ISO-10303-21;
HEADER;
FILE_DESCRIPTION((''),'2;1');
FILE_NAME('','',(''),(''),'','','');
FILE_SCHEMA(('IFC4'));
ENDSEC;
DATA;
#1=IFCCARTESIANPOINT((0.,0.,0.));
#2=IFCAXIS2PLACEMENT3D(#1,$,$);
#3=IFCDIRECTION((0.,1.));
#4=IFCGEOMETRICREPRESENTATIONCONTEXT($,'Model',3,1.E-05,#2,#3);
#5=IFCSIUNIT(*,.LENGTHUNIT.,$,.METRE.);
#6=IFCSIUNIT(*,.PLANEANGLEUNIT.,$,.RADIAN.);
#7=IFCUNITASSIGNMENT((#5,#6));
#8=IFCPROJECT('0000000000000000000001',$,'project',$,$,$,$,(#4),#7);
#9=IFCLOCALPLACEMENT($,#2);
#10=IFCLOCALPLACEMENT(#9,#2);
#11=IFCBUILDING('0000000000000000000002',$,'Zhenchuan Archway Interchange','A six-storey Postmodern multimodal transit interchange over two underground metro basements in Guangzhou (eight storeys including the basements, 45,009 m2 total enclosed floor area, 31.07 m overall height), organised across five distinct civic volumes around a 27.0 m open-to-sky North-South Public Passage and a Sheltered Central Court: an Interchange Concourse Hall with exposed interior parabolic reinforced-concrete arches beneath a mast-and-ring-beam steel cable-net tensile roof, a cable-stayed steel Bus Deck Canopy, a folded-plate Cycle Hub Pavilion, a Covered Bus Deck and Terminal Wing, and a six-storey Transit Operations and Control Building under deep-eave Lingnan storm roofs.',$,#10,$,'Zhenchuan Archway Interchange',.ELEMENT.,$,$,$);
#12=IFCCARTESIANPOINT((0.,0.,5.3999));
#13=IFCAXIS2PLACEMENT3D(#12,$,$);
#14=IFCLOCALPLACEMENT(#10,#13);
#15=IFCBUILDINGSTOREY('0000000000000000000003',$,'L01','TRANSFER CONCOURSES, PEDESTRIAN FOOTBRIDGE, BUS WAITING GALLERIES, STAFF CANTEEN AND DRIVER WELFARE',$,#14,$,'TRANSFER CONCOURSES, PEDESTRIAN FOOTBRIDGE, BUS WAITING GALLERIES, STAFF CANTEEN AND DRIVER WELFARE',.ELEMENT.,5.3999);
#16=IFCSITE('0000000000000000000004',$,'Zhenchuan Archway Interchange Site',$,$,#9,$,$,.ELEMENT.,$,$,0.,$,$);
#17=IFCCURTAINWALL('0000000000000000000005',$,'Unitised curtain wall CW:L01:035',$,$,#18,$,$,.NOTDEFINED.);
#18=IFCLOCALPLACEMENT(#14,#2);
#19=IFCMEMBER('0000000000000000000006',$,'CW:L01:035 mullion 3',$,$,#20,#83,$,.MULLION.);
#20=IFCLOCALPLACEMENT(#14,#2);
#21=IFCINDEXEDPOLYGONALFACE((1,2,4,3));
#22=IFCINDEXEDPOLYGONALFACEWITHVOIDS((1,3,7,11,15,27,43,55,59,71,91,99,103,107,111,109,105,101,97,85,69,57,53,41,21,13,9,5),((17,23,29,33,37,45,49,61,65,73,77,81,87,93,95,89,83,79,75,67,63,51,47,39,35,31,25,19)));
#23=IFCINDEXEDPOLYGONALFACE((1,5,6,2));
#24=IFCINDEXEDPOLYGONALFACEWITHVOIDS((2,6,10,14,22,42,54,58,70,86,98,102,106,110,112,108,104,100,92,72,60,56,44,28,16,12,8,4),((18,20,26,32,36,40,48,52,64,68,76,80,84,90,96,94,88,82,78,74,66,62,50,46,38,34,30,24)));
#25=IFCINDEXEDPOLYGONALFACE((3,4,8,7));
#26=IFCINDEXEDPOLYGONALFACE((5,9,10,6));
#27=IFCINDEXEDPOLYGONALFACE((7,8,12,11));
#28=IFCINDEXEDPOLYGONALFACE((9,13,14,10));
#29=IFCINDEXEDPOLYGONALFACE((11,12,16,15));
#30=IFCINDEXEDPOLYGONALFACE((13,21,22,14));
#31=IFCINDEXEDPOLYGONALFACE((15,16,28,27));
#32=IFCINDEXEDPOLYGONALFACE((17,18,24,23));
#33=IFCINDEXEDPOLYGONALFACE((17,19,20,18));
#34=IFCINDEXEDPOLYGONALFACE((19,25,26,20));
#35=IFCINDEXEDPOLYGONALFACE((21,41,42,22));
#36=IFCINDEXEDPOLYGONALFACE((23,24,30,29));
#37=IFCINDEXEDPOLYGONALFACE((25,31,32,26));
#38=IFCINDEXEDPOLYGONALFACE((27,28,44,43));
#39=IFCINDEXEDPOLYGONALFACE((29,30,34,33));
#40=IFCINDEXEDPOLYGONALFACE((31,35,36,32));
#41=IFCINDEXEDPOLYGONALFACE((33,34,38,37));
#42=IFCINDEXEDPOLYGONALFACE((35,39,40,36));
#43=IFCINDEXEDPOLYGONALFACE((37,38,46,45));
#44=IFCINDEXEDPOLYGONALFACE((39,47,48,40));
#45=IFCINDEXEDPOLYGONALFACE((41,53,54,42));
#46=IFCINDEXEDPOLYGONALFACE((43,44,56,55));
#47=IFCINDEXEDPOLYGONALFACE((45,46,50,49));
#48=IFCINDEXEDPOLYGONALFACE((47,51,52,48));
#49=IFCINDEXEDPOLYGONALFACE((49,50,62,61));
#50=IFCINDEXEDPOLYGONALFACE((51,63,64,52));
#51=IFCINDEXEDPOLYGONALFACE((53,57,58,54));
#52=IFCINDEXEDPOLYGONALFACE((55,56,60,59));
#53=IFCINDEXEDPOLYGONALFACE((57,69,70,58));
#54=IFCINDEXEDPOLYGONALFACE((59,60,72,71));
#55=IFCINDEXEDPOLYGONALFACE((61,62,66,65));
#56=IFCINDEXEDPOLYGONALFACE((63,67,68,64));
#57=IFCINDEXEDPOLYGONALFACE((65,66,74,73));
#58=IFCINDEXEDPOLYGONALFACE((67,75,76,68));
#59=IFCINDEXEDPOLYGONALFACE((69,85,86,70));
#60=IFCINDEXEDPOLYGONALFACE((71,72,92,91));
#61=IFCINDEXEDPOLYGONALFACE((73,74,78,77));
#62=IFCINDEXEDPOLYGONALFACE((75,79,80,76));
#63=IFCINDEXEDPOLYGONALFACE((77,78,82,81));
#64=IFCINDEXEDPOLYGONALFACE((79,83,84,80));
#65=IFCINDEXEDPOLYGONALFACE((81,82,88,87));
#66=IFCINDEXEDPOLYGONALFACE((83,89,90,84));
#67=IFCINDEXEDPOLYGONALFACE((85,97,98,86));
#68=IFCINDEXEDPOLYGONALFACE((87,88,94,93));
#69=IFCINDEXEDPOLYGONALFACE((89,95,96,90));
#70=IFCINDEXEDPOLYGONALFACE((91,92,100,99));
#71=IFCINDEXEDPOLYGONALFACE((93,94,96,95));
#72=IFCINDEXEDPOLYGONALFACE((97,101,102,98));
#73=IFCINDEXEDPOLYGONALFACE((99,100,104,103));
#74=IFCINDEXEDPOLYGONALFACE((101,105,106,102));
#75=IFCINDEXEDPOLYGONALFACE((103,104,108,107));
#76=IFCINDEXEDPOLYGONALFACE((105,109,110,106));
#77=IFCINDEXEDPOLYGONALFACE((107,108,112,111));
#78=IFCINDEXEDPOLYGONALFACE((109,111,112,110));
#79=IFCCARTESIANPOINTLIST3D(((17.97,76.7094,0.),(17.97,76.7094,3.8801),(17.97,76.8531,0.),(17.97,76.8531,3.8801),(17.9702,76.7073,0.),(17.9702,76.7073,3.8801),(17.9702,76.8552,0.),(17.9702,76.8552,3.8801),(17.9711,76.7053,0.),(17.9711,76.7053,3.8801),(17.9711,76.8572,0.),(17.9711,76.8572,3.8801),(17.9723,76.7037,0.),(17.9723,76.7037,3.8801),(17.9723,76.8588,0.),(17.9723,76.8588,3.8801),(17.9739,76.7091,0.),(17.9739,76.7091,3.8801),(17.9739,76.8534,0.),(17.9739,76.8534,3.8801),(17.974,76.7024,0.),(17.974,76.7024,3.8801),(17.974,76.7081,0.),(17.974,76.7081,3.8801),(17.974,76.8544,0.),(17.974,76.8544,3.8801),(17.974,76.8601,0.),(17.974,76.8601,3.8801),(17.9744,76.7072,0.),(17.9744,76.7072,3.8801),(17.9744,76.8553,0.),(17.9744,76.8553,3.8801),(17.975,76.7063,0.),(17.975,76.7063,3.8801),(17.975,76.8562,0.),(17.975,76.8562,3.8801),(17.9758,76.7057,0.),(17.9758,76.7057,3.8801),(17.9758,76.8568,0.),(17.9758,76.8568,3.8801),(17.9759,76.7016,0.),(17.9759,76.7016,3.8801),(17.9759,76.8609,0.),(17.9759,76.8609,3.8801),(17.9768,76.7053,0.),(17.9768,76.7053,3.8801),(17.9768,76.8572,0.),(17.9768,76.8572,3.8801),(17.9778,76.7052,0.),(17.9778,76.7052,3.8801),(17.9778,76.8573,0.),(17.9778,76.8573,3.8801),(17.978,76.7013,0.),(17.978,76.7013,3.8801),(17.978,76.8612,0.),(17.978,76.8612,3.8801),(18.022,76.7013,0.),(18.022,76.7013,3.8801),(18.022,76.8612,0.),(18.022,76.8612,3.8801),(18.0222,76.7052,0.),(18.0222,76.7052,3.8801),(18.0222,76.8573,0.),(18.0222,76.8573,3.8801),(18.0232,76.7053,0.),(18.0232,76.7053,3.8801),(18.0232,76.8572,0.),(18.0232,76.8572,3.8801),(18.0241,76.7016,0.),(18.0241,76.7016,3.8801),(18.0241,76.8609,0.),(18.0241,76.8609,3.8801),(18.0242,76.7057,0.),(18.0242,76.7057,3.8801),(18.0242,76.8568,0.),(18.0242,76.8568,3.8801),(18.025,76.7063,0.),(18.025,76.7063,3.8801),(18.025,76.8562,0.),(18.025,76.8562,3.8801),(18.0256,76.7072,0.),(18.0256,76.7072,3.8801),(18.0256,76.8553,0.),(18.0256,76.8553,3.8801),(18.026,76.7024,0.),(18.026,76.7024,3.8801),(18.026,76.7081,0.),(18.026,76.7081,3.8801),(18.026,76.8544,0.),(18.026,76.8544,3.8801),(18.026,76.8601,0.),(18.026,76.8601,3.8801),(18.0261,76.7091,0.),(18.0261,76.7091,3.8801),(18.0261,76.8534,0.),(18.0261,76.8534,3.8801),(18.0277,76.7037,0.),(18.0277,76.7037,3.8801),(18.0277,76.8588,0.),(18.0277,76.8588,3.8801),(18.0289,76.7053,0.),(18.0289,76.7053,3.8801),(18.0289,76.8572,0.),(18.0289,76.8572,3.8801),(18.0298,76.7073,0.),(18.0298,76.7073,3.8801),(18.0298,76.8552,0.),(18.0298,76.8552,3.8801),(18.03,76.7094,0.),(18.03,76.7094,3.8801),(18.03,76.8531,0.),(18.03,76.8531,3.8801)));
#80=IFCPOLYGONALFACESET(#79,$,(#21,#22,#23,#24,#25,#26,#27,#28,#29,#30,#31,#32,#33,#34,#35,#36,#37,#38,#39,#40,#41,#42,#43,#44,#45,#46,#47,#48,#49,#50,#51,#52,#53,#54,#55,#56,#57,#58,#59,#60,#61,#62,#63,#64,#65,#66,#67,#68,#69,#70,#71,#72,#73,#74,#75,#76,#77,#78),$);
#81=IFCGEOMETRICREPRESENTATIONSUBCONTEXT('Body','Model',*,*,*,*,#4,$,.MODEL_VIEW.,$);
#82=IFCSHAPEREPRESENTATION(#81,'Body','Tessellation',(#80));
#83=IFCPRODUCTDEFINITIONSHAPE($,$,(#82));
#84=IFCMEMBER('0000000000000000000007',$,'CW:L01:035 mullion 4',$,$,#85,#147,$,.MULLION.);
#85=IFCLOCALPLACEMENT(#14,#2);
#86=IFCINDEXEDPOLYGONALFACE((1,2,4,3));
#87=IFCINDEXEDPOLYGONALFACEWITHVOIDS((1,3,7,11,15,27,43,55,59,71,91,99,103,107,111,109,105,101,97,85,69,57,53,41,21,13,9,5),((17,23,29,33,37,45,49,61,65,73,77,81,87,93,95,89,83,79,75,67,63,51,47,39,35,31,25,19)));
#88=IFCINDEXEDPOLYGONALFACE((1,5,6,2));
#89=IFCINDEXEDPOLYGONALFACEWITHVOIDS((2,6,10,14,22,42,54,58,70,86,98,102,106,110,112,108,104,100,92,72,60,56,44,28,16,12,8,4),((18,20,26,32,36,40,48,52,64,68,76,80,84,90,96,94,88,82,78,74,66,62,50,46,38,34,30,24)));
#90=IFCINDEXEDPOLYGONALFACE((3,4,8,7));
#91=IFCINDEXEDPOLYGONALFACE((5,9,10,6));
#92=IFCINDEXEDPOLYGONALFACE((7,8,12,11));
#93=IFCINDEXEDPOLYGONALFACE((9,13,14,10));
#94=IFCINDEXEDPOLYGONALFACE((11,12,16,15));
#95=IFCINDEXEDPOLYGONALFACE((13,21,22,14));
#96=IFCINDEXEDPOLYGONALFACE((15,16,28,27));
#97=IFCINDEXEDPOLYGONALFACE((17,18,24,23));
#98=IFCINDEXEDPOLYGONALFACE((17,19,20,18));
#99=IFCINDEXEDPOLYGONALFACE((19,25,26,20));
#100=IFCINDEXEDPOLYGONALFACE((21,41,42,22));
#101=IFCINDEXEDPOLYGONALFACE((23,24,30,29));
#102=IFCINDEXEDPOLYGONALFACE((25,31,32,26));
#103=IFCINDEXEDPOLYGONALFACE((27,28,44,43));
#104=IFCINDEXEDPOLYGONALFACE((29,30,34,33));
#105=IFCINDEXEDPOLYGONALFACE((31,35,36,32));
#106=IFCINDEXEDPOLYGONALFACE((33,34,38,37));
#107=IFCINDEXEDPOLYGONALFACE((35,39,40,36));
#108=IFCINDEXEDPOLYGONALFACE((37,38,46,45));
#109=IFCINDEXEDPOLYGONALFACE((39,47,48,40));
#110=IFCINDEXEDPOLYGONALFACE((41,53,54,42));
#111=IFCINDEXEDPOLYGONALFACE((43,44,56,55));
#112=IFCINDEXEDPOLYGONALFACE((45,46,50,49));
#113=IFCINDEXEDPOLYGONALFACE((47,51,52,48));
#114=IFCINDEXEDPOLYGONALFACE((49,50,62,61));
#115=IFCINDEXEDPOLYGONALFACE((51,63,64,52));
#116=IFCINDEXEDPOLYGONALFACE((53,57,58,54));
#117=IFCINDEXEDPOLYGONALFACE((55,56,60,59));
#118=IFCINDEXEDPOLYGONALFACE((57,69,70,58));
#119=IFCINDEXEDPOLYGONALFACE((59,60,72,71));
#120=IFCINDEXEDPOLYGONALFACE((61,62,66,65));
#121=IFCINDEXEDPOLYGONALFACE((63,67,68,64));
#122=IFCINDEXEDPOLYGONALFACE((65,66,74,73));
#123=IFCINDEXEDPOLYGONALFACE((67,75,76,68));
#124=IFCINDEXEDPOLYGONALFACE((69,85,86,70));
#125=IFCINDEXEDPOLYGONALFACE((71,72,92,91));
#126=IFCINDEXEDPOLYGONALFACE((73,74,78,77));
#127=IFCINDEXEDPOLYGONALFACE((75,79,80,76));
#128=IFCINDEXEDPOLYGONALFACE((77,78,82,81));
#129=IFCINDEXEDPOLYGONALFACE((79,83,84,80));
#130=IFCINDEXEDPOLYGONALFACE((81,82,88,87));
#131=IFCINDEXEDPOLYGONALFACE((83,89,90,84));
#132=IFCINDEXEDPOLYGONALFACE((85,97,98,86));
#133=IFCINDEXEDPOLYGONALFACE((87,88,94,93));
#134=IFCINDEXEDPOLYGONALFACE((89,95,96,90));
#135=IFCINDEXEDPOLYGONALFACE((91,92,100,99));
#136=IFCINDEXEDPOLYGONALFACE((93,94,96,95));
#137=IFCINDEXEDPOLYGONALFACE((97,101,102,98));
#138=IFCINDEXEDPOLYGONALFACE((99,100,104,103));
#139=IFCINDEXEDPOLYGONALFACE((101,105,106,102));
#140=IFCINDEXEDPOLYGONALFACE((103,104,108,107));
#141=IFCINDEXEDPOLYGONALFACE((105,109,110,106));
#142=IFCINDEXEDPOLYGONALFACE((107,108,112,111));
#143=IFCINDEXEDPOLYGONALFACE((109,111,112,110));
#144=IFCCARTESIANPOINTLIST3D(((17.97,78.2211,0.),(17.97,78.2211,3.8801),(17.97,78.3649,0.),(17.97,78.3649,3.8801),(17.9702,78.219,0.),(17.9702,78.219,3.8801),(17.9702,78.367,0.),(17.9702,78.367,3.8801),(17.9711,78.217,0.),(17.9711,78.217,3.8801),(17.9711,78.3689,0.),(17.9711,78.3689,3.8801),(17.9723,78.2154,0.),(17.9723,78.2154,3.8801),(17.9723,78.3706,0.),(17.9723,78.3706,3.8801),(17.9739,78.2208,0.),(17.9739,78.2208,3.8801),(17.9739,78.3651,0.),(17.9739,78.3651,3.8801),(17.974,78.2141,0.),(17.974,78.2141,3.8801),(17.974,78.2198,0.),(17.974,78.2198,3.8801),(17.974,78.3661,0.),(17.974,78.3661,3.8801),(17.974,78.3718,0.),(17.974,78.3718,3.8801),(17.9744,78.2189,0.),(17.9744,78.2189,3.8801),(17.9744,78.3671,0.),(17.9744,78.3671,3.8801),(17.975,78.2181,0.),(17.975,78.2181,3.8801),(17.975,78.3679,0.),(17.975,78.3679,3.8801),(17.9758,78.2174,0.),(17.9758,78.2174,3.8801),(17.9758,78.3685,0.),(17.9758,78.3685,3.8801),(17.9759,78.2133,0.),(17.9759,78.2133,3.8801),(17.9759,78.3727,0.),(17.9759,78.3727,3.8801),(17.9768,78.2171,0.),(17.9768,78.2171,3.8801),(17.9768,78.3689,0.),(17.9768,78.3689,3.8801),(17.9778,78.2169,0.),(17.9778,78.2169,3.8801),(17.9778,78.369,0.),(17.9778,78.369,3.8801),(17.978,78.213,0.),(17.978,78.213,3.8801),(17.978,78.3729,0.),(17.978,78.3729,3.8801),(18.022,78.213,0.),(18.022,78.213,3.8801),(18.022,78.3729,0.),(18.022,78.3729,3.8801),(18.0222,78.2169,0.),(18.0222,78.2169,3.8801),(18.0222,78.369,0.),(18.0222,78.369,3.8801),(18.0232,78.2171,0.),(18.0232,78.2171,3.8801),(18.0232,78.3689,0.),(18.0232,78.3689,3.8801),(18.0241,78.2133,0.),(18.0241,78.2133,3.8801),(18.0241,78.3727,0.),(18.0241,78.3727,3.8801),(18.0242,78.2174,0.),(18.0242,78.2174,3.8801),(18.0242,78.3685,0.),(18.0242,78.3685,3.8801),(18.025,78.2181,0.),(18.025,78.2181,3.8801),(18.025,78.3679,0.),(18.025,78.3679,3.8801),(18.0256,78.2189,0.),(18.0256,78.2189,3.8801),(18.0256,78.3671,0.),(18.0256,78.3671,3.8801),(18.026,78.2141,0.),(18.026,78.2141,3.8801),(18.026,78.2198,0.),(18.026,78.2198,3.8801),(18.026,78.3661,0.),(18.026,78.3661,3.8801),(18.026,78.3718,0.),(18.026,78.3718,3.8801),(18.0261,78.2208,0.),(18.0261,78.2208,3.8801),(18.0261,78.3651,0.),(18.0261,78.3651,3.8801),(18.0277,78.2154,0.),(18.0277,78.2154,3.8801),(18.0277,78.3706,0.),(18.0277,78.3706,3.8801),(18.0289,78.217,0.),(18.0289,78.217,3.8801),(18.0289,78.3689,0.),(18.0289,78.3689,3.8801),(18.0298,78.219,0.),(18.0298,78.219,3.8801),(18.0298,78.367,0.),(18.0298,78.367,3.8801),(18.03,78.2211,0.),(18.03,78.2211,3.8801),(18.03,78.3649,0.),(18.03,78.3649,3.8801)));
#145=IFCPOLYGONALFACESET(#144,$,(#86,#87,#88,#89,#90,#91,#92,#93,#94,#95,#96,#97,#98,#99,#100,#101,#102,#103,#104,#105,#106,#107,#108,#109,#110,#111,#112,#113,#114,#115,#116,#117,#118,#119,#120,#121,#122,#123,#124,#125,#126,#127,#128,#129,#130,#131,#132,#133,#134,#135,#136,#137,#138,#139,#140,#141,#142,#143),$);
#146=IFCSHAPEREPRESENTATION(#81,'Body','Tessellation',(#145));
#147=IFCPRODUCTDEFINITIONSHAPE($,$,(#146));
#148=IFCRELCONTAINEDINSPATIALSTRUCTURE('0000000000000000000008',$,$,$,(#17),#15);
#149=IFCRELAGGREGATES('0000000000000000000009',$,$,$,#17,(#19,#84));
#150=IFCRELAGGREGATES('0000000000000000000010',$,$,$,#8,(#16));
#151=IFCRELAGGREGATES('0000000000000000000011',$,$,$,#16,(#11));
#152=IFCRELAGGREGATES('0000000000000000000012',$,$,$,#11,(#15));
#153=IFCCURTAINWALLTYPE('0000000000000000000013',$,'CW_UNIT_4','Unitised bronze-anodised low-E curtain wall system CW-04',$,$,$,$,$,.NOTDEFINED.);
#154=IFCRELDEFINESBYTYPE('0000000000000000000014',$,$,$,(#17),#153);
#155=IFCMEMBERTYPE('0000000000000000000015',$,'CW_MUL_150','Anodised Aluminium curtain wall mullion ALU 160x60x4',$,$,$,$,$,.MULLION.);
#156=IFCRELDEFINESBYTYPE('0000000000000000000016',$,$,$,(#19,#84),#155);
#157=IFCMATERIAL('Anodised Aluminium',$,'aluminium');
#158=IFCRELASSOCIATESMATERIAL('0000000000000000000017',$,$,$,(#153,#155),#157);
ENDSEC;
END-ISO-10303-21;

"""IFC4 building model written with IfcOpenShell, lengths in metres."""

from ifc_helpers import new_model, si_unit, direction, frame, origin, origin_2d, place, context, subcontext, project, spatial, hollow_rectangle, extrude, material, material_profile, profile_set, type_object, element, aggregate, save


model = new_model("IFC4")

# Units and contexts
model_context = context("Model", 3, precision=1e-05, world=origin(), true_north=direction((0.0, 1.0)))
body_context = subcontext(model_context, "Body", "Model", "MODEL_VIEW")
ifc_project = project(units=[si_unit("LENGTHUNIT", "METRE"), si_unit("PLANEANGLEUNIT", "RADIAN")], contexts=[model_context])

# Site, building, storey
site_placement = place(None, origin())
site = spatial("IfcSite", under=ifc_project, at=site_placement, Name="Zhenchuan Archway Interchange Site", CompositionType="ELEMENT", RefElevation=0.0)
building_placement = place(site_placement, origin())
building = spatial("IfcBuilding", under=site, at=building_placement, Name="Zhenchuan Archway Interchange", Description="A six-storey Postmodern multimodal transit interchange over two underground metro basements in Guangzhou (eight storeys including the basements, 45,009 m2 total enclosed floor area, 31.07 m overall height), organised across five distinct civic volumes around a 27.0 m open-to-sky North-South Public Passage and a Sheltered Central Court: an Interchange Concourse Hall with exposed interior parabolic reinforced-concrete arches beneath a mast-and-ring-beam steel cable-net tensile roof, a cable-stayed steel Bus Deck Canopy, a folded-plate Cycle Hub Pavilion, a Covered Bus Deck and Terminal Wing, and a six-storey Transit Operations and Control Building under deep-eave Lingnan storm roofs.", LongName="Zhenchuan Archway Interchange", CompositionType="ELEMENT")
storey_placement = place(building_placement, frame((0.0, 0.0, 5.3999)))
storey = spatial("IfcBuildingStorey", under=building, at=storey_placement, Name="L01", Description="TRANSFER CONCOURSES, PEDESTRIAN FOOTBRIDGE, BUS WAITING GALLERIES, STAFF CANTEEN AND DRIVER WELFARE", LongName="TRANSFER CONCOURSES, PEDESTRIAN FOOTBRIDGE, BUS WAITING GALLERIES, STAFF CANTEEN AND DRIVER WELFARE", CompositionType="ELEMENT", Elevation=5.3999)

# Curtain wall, members
ifc_material_1 = material(Name="Anodised Aluminium", Category="aluminium")
curtain_wall_type = type_object("IfcCurtainWallType", Name="CW_UNIT_4", Description="Unitised bronze-anodised low-E curtain wall system CW-04", PredefinedType="NOTDEFINED", material=ifc_material_1)
curtain_wall_placement = place(storey_placement, origin())
curtain_wall = element("IfcCurtainWall", 1, at=curtain_wall_placement, inside=storey, type_object=curtain_wall_type, Name="Unitised curtain wall CW:L01:035", PredefinedType="NOTDEFINED")
ifc_material_profile_1 = material_profile(ifc_material_1, hollow_rectangle(XDim=0.0601, YDim=0.1599, WallThickness=0.0039, InnerFilletRadius=0.0039, OuterFilletRadius=0.0081, at=origin_2d()), Name="ALU 160x60x4")
ifc_profile_set_1 = profile_set([ifc_material_profile_1], Name="Anodised Aluminium")
member_type_1 = type_object("IfcMemberType", Name="CW_MUL_150", Description="Anodised Aluminium curtain wall mullion ALU 160x60x4", PredefinedType="MULLION", material=ifc_profile_set_1)
member_1_placement = place(storey_placement, frame((18.0, 76.7812, 0.0), z_axis=(0.0, 0.0, 1.0), x_axis=(1.0, 0.0, 0.0)))
member_1 = element("IfcMember", 2, at=member_1_placement, type_object=member_type_1, Name="CW:L01:035 mullion 3", PredefinedType="MULLION", context=body_context, shape_type="SweptSolid", body=[
    extrude(hollow_rectangle(XDim=0.0601, YDim=0.1599, WallThickness=0.0039, InnerFilletRadius=0.0039, OuterFilletRadius=0.0081, at=origin_2d()), origin(), (0.0, 0.0, 1.0), 3.8801),
])
member_2_placement = place(storey_placement, frame((18.0, 78.293, 0.0), z_axis=(0.0, 0.0, 1.0), x_axis=(1.0, 0.0, 0.0)))
member_2 = element("IfcMember", 3, at=member_2_placement, type_object=member_type_1, Name="CW:L01:035 mullion 4", PredefinedType="MULLION", context=body_context, shape_type="SweptSolid", body=[
    extrude(hollow_rectangle(XDim=0.0601, YDim=0.1599, WallThickness=0.0039, InnerFilletRadius=0.0039, OuterFilletRadius=0.0081, at=origin_2d()), origin(), (0.0, 0.0, 1.0), 3.8801),
])
aggregate(curtain_wall, [member_1, member_2])

save(model, "model.ifc")
